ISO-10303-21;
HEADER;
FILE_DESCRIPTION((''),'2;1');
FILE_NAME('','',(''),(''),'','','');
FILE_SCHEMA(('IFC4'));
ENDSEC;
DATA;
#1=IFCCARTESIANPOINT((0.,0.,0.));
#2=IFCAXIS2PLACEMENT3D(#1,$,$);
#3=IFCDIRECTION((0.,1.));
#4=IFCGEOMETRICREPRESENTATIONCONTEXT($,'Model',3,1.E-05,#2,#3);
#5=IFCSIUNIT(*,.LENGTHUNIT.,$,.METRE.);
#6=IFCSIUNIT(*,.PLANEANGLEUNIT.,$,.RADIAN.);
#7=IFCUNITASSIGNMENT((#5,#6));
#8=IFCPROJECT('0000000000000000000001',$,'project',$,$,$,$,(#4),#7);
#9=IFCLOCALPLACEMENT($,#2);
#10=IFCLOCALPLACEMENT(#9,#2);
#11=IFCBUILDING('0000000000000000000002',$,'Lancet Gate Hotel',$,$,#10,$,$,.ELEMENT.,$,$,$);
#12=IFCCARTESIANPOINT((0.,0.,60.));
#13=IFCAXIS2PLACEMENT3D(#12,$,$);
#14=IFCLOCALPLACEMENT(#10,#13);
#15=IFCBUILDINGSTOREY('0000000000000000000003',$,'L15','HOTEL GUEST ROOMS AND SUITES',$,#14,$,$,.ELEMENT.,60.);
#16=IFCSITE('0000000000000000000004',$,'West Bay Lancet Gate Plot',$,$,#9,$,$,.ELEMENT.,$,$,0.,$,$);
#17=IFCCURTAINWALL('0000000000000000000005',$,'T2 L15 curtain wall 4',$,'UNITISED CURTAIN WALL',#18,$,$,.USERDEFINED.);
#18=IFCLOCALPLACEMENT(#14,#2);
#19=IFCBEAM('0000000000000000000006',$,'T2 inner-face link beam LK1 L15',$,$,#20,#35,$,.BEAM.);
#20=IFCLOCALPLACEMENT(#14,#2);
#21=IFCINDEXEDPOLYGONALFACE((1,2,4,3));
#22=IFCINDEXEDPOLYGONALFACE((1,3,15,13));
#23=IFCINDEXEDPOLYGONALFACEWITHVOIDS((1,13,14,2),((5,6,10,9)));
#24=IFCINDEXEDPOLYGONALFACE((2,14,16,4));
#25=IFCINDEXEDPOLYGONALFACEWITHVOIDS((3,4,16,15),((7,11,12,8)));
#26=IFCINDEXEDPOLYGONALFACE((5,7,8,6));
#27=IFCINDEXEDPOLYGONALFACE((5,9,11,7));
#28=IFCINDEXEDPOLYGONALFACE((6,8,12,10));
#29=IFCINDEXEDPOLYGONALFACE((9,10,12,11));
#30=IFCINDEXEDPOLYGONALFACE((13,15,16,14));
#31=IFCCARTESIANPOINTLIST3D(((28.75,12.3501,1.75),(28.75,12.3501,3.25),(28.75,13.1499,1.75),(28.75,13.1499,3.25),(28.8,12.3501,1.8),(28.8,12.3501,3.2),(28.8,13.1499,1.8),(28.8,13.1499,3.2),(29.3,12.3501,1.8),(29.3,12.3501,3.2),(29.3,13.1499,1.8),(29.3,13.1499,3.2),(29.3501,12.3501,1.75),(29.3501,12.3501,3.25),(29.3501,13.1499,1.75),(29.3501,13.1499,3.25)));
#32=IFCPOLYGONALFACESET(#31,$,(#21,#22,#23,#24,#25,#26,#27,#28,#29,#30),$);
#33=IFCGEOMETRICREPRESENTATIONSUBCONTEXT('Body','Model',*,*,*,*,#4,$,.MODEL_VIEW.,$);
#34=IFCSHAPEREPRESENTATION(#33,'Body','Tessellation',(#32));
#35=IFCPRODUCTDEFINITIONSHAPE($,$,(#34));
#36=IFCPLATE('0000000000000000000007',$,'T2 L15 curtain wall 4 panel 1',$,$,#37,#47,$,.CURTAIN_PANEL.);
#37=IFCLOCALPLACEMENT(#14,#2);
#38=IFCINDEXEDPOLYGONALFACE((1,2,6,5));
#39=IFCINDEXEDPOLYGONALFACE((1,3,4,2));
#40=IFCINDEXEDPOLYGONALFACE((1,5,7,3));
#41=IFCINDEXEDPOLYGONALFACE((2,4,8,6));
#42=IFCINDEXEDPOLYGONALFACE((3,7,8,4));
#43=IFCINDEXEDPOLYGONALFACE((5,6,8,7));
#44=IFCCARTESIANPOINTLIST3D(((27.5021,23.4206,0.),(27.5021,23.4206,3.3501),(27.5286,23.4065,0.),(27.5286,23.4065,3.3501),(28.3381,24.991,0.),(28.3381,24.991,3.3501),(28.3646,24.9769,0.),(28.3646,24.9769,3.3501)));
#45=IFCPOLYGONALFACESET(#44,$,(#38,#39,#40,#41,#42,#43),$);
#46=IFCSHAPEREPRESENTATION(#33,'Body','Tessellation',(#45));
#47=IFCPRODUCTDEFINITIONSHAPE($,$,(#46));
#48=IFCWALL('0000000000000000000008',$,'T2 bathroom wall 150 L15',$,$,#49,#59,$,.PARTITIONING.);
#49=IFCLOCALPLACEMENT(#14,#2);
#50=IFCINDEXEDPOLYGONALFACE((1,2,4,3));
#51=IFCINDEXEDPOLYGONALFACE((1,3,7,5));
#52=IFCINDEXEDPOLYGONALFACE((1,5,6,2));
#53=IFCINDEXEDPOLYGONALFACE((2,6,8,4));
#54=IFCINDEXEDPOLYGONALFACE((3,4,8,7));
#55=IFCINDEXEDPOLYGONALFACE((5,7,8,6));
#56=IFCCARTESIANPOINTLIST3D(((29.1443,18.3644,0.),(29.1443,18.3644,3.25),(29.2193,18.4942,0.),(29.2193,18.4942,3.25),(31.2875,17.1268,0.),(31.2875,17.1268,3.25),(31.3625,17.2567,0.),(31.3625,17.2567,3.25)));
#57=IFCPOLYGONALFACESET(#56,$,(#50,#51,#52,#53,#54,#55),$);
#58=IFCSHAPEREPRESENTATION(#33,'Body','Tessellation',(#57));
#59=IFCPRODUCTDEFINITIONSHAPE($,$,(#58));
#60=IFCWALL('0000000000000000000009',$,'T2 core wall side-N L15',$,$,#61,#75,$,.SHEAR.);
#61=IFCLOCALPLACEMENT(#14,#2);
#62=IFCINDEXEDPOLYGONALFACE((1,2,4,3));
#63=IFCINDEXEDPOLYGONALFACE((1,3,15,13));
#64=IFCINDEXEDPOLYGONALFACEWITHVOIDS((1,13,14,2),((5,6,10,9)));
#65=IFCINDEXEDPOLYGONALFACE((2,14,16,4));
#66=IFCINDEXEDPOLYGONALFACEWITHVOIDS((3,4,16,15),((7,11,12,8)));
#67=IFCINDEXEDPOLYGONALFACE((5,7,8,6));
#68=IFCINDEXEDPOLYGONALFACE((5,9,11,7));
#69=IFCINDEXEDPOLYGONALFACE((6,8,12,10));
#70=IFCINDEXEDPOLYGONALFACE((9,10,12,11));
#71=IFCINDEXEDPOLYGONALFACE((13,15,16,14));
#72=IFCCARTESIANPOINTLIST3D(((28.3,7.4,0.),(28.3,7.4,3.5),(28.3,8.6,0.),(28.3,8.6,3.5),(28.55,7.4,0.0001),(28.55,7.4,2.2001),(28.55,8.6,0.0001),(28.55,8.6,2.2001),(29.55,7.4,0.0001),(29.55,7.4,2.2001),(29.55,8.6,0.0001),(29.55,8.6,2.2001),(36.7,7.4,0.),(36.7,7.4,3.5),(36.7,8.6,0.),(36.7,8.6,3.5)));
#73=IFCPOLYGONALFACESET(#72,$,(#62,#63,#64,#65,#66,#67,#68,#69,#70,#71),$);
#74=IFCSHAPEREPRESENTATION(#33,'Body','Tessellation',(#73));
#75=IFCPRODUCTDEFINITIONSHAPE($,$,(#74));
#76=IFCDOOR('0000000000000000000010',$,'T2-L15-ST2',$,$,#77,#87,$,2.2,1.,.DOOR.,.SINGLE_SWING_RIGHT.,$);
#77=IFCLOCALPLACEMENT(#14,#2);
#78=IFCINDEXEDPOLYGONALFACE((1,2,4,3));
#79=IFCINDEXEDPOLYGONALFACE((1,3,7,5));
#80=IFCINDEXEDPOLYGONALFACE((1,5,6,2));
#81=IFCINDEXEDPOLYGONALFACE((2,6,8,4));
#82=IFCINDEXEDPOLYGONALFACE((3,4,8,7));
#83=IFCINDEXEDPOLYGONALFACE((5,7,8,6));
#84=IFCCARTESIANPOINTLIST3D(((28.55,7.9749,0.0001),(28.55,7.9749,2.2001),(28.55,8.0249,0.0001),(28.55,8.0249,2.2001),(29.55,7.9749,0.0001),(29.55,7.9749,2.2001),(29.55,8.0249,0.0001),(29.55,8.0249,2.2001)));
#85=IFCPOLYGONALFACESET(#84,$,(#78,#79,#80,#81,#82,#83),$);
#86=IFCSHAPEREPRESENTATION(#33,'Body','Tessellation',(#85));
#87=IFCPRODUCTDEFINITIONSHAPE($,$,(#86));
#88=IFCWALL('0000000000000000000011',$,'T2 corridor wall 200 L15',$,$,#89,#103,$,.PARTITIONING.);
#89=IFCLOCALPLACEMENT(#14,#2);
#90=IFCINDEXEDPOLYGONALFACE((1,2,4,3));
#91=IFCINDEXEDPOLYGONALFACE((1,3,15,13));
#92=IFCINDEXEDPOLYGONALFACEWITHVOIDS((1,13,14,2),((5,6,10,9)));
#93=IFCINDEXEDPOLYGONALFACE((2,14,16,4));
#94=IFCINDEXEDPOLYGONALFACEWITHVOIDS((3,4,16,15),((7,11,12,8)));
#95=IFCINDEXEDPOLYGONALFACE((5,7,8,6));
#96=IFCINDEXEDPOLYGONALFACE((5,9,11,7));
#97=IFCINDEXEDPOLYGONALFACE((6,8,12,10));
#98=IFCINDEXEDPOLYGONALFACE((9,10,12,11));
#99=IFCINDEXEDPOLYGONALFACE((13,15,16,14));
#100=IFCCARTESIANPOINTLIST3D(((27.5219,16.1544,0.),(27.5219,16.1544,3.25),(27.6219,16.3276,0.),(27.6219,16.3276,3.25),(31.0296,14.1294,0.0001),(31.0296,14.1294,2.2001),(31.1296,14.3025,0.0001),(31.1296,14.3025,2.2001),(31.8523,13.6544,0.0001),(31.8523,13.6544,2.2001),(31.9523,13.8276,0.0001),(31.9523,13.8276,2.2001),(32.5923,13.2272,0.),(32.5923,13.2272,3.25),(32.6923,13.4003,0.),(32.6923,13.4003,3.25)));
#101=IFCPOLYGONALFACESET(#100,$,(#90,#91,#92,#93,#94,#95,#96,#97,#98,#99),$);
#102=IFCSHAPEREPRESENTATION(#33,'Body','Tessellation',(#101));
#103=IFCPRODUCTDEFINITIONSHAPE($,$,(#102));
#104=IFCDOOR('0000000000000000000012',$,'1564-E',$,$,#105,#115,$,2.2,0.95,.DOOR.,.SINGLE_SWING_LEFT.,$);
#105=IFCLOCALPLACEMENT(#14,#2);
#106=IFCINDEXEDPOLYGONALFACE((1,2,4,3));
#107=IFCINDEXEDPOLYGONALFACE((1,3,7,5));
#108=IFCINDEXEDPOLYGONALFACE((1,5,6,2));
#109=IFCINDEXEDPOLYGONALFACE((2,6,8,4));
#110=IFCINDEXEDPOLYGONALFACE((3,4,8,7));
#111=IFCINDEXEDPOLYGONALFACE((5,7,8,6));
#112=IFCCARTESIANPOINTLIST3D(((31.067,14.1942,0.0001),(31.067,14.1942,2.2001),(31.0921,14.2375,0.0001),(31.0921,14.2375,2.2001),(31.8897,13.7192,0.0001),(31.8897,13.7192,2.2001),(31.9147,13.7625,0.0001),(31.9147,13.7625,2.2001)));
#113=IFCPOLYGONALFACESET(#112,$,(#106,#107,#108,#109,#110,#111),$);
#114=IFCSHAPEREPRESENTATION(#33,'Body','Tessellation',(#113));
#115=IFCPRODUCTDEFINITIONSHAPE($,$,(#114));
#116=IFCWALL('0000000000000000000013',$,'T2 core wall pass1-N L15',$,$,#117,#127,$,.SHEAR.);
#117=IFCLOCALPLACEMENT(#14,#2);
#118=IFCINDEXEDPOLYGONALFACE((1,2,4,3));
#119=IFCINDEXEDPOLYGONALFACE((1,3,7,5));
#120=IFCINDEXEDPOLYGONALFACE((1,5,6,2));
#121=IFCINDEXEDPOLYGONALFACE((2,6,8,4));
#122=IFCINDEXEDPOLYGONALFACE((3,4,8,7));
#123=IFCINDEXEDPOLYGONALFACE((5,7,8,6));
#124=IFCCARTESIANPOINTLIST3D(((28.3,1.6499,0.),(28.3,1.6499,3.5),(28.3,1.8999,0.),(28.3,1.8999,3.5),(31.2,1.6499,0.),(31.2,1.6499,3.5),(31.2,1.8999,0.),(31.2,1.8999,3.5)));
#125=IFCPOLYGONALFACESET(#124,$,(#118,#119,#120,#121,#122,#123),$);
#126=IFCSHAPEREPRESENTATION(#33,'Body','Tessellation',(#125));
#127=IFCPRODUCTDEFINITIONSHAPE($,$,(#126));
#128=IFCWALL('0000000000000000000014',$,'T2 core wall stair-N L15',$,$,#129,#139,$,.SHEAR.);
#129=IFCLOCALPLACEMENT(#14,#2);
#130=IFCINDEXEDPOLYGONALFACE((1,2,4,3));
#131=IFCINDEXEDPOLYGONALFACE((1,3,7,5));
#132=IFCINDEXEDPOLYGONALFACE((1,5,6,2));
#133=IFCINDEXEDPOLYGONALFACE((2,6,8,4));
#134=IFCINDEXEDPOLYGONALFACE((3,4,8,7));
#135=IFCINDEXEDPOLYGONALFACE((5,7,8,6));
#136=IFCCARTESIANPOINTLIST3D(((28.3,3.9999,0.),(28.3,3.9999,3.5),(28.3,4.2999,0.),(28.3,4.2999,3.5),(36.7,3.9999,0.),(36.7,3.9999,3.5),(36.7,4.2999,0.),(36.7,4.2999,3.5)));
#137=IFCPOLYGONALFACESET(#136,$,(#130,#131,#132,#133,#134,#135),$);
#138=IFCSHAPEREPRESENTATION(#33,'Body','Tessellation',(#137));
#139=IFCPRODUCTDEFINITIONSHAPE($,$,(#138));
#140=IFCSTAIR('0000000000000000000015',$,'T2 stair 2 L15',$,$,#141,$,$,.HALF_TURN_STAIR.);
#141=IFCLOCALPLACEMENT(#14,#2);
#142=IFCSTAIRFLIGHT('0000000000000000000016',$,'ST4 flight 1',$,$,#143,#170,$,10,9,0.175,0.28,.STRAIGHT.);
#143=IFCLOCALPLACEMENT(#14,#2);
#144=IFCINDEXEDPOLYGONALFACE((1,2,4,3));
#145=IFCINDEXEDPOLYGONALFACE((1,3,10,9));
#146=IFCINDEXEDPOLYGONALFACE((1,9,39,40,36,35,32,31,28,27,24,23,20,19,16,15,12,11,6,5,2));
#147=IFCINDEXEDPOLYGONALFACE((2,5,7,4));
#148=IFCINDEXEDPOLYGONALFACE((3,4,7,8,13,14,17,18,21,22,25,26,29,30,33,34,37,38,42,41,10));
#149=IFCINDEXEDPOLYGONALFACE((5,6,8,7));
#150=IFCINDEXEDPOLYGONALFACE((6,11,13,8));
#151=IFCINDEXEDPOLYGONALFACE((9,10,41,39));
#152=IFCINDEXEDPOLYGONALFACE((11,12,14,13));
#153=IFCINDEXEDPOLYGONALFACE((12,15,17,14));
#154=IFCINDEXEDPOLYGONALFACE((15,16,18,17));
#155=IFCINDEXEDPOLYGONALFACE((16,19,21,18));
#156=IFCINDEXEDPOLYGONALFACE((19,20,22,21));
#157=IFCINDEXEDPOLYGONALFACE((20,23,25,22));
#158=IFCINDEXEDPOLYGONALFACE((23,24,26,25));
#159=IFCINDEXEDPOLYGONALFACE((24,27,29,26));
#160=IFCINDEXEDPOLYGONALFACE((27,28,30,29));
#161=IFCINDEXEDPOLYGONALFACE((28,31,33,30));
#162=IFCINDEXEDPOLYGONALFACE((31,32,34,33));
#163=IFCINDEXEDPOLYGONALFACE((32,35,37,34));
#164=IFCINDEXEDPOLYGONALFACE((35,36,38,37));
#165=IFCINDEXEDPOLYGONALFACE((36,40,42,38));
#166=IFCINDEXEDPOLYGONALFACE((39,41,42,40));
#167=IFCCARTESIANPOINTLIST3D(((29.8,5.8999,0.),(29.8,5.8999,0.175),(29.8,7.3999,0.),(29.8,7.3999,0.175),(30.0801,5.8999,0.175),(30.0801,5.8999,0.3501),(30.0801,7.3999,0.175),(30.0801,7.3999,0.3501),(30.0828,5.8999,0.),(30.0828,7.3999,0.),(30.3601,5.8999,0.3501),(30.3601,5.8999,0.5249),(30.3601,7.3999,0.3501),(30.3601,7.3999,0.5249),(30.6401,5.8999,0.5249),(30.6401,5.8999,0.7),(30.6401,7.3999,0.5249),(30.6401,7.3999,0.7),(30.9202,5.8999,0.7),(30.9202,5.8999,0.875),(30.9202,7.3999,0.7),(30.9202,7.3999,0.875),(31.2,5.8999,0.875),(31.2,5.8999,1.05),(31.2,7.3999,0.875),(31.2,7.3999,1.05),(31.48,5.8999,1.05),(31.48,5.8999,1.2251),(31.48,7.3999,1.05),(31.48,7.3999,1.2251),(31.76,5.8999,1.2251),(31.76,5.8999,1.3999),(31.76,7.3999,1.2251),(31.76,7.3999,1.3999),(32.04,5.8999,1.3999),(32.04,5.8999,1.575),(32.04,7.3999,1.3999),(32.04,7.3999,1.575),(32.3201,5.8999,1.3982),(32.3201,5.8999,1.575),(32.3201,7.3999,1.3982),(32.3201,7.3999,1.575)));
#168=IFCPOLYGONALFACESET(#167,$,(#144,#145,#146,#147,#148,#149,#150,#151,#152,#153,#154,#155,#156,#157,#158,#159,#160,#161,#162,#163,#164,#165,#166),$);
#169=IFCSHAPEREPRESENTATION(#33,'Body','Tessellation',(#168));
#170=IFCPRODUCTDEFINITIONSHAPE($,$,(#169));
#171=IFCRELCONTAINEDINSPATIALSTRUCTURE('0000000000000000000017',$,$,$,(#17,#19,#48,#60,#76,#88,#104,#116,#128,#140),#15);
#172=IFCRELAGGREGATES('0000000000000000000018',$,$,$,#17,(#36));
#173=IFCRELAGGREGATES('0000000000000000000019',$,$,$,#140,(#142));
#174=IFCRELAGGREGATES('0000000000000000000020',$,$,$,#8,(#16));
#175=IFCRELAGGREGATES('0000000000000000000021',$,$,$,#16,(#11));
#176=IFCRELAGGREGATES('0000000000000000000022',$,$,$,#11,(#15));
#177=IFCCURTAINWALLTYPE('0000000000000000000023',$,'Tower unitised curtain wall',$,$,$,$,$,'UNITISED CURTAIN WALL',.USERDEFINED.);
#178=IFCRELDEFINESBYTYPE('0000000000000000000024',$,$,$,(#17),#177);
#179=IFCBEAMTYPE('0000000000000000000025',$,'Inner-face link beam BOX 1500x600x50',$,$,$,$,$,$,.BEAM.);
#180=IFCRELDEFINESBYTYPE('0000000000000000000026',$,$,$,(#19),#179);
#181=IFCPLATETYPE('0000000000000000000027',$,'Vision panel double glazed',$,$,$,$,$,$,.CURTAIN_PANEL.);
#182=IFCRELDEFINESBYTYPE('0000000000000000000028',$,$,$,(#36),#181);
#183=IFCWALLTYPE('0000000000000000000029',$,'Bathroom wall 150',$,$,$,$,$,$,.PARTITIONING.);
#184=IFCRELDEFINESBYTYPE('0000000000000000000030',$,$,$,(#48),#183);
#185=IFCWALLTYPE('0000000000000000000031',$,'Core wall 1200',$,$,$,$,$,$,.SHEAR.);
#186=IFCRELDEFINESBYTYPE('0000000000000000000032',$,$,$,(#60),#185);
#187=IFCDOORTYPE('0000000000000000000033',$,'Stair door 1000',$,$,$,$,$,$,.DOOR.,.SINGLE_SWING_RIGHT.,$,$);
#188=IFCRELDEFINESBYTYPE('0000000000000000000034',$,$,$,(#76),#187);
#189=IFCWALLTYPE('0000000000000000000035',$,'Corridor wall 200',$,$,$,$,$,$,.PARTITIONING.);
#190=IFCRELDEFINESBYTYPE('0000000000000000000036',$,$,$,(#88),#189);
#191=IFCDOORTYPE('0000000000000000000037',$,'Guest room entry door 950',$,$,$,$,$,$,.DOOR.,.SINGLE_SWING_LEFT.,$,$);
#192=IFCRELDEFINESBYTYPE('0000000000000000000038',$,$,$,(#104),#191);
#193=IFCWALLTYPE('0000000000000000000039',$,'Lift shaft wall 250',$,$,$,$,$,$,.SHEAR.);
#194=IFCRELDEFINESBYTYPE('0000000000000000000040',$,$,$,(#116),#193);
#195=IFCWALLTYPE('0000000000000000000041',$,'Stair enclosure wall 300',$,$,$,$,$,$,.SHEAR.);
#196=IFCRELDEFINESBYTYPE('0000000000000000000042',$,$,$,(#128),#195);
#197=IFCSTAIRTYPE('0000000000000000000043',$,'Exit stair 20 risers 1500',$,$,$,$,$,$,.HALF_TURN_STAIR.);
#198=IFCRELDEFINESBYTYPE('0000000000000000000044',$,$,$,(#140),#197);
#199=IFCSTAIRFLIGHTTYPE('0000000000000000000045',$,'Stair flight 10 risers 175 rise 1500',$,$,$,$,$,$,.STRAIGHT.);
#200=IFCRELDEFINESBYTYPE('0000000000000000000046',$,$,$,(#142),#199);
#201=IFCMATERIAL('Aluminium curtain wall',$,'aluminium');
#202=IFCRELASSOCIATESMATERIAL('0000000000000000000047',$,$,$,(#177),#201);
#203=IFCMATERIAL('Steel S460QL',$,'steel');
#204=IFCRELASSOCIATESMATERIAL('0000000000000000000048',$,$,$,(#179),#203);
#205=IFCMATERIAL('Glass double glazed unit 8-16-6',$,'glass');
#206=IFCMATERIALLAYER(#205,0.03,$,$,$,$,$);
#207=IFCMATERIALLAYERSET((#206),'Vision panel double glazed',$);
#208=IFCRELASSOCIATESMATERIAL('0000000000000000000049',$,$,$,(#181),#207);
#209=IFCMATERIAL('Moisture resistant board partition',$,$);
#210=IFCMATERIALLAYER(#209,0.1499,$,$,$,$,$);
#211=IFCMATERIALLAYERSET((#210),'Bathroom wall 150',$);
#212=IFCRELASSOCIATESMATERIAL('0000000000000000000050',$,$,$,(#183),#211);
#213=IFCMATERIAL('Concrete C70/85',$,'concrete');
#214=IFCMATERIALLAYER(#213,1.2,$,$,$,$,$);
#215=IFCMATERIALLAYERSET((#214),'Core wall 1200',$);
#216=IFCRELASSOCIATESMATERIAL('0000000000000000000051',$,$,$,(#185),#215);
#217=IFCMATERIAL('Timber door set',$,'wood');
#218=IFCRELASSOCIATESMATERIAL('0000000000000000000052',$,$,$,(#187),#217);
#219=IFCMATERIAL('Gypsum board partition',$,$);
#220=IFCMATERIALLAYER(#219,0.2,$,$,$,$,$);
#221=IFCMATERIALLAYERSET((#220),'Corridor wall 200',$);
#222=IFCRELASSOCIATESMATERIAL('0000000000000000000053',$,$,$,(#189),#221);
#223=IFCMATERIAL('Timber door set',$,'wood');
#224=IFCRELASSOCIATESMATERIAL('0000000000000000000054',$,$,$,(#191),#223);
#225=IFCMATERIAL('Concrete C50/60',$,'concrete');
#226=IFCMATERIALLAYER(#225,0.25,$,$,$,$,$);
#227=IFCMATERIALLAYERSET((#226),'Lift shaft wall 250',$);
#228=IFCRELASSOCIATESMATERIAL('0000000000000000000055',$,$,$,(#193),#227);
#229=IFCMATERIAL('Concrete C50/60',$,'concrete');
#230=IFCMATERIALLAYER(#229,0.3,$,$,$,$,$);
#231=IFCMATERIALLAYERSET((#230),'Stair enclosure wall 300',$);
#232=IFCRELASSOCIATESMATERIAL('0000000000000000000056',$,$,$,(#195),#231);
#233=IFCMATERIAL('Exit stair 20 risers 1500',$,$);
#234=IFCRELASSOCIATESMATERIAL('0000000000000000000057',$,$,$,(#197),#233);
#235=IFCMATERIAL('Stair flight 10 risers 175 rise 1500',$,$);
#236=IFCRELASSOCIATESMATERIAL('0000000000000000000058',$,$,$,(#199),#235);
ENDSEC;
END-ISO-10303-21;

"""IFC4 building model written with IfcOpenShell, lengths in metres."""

from ifc_helpers import new_model, si_unit, direction, frame, frame_2d, origin, origin_2d, place, context, subcontext, project, spatial, polyline, rectangle, hollow_rectangle, outline, extrude, material, layer, layer_set, material_profile, profile_set, type_object, element, fill, aggregate, save


model = new_model("IFC4")

# Units and contexts
model_context = context("Model", 3, precision=1e-05, world=origin(), true_north=direction((0.0, 1.0)))
body_context = subcontext(model_context, "Body", "Model", "MODEL_VIEW")
ifc_project = project(units=[si_unit("LENGTHUNIT", "METRE"), si_unit("PLANEANGLEUNIT", "RADIAN")], contexts=[model_context])

# Site, building, storey
site_placement = place(None, origin())
site = spatial("IfcSite", under=ifc_project, at=site_placement, Name="West Bay Lancet Gate Plot", CompositionType="ELEMENT", RefElevation=0.0)
building_placement = place(site_placement, origin())
building = spatial("IfcBuilding", under=site, at=building_placement, Name="Lancet Gate Hotel", CompositionType="ELEMENT")
storey_placement = place(building_placement, frame((0.0, 0.0, 60.0)))
storey = spatial("IfcBuildingStorey", under=building, at=storey_placement, Name="L15", Description="HOTEL GUEST ROOMS AND SUITES", CompositionType="ELEMENT", Elevation=60.0)

# Curtain wall
ifc_material_1 = material(Name="Aluminium curtain wall", Category="aluminium")
curtain_wall_type = type_object("IfcCurtainWallType", Name="Tower unitised curtain wall", ElementType="UNITISED CURTAIN WALL", PredefinedType="USERDEFINED", material=ifc_material_1)
curtain_wall_placement = place(storey_placement, origin())
curtain_wall = element("IfcCurtainWall", 1, at=curtain_wall_placement, inside=storey, type_object=curtain_wall_type, Name="T2 L15 curtain wall 4", ObjectType="UNITISED CURTAIN WALL", PredefinedType="USERDEFINED")

# Beam
ifc_material_2 = material(Name="Steel S460QL", Category="steel")
ifc_material_profile_1 = material_profile(ifc_material_2, hollow_rectangle(XDim=0.6001, YDim=1.5, WallThickness=0.05, at=origin_2d()), Name="BOX 1500x600x50")
ifc_profile_set_1 = profile_set([ifc_material_profile_1], Name="Steel S460QL")
beam_type_1 = type_object("IfcBeamType", Name="Inner-face link beam BOX 1500x600x50", PredefinedType="BEAM", material=ifc_profile_set_1)
beam_1_placement = place(storey_placement, frame((29.05, 12.3501, 2.5), z_axis=(0.0, 1.0, 0.0), x_axis=(-1.0, 0.0, 0.0)))
element("IfcBeam", 2, at=beam_1_placement, inside=storey, type_object=beam_type_1, Name="T2 inner-face link beam LK1 L15", PredefinedType="BEAM", context=body_context, shape_type="SweptSolid", body=[
    extrude(hollow_rectangle(XDim=0.6001, YDim=1.5, WallThickness=0.05, at=origin_2d()), origin(), (0.0, 0.0, 1.0), 0.7998),
])

# Plate
ifc_material_3 = material(Name="Glass double glazed unit 8-16-6", Category="glass")
ifc_layer_1 = layer(ifc_material_3, 0.03)
ifc_layer_set_1 = layer_set([ifc_layer_1], Name="Vision panel double glazed")
plate_type = type_object("IfcPlateType", Name="Vision panel double glazed", PredefinedType="CURTAIN_PANEL", material=ifc_layer_set_1)
plate_placement = place(storey_placement, frame((27.9333, 24.1987, 0.0), z_axis=(0.0, 0.0, 1.0), x_axis=(-0.469898, -0.882721, 0.0)))
plate = element("IfcPlate", 3, at=plate_placement, type_object=plate_type, Name="T2 L15 curtain wall 4 panel 1", PredefinedType="CURTAIN_PANEL", context=body_context, shape_type="SweptSolid", body=[
    extrude(rectangle(XDim=1.7791, YDim=0.03, at=origin_2d()), origin(), (0.0, 0.0, 1.0), 3.3501),
])
aggregate(curtain_wall, [plate])

# Wall
ifc_material_4 = material(Name="Moisture resistant board partition")
ifc_layer_2 = layer(ifc_material_4, 0.1499)
ifc_layer_set_2 = layer_set([ifc_layer_2], Name="Bathroom wall 150")
wall_type_1 = type_object("IfcWallType", Name="Bathroom wall 150", PredefinedType="PARTITIONING", material=ifc_layer_set_2)
wall_1_placement = place(storey_placement, frame((29.1819, 18.4292, 0.0), z_axis=(0.0, 0.0, 1.0), x_axis=(0.866007, -0.500033, 0.0)))
element("IfcWall", 4, at=wall_1_placement, inside=storey, type_object=wall_type_1, Name="T2 bathroom wall 150 L15", PredefinedType="PARTITIONING", context=body_context, shape_type="SweptSolid", body=[
    extrude(rectangle(XDim=2.4749, YDim=0.1499, at=frame_2d((1.2373, 0.0))), origin(), (0.0, 0.0, 1.0), 3.25),
])

# Walls, openings, doors
ifc_material_5 = material(Name="Concrete C70/85", Category="concrete")
ifc_layer_3 = layer(ifc_material_5, 1.2)
ifc_layer_set_3 = layer_set([ifc_layer_3], Name="Core wall 1200")
wall_type_2 = type_object("IfcWallType", Name="Core wall 1200", PredefinedType="SHEAR", material=ifc_layer_set_3)
wall_2_placement = place(storey_placement, frame((28.3, 8.0, 0.0), z_axis=(0.0, 0.0, 1.0), x_axis=(1.0, 0.0, 0.0)))
wall_2 = element("IfcWall", 5, at=wall_2_placement, inside=storey, type_object=wall_type_2, Name="T2 core wall side-N L15", PredefinedType="SHEAR", context=body_context, shape_type="SweptSolid", body=[
    extrude(rectangle(XDim=8.3999, YDim=1.2, at=frame_2d((4.2, 0.0))), origin(), (0.0, 0.0, 1.0), 3.5),
])
opening_1_placement = place(wall_2_placement, frame((0.25, 0.0, 0.0)))
opening_1 = element("IfcOpeningElement", 6, at=opening_1_placement, cuts=wall_2, PredefinedType="OPENING", context=body_context, shape_type="SweptSolid", body=[
    extrude(rectangle(XDim=1.0, YDim=2.2, at=frame_2d((0.5, 1.1001))), frame((0.0, 0.6099, 0.0), z_axis=(0.0, -1.0, 0.0), x_axis=(1.0, 0.0, 0.0)), (0.0, 0.0, 1.0), 1.22),
])
ifc_material_6 = material(Name="Timber door set", Category="wood")
door_type_1 = type_object("IfcDoorType", Name="Stair door 1000", OperationType="SINGLE_SWING_RIGHT", PredefinedType="DOOR", material=ifc_material_6)
door_1_placement = place(opening_1_placement, origin())
door_1 = element("IfcDoor", 7, at=door_1_placement, inside=storey, type_object=door_type_1, Name="T2-L15-ST2", OperationType="SINGLE_SWING_RIGHT", OverallHeight=2.2, OverallWidth=1.0, PredefinedType="DOOR", context=body_context, shape_type="SweptSolid", body=[
    extrude(rectangle(XDim=1.0, YDim=2.2, at=frame_2d((0.5, 1.1001))), frame((0.0, 0.0249, 0.0), z_axis=(0.0, -1.0, 0.0), x_axis=(1.0, 0.0, 0.0)), (0.0, 0.0, 1.0), 0.05),
])
fill(opening_1, door_1)
ifc_material_7 = material(Name="Gypsum board partition")
ifc_layer_4 = layer(ifc_material_7, 0.2)
ifc_layer_set_4 = layer_set([ifc_layer_4], Name="Corridor wall 200")
wall_type_3 = type_object("IfcWallType", Name="Corridor wall 200", PredefinedType="PARTITIONING", material=ifc_layer_set_4)
wall_3_placement = place(storey_placement, frame((27.572, 16.241, 0.0), z_axis=(0.0, 0.0, 1.0), x_axis=(0.866033, -0.499987, 0.0)))
wall_3 = element("IfcWall", 8, at=wall_3_placement, inside=storey, type_object=wall_type_3, Name="T2 corridor wall 200 L15", PredefinedType="PARTITIONING", context=body_context, shape_type="SweptSolid", body=[
    extrude(rectangle(XDim=5.8547, YDim=0.2, at=frame_2d((2.9272, 0.0))), origin(), (0.0, 0.0, 1.0), 3.25),
])
opening_2_placement = place(wall_3_placement, frame((4.05, 0.0, 0.0)))
opening_2 = element("IfcOpeningElement", 9, at=opening_2_placement, cuts=wall_3, PredefinedType="OPENING", context=body_context, shape_type="SweptSolid", body=[
    extrude(rectangle(XDim=0.95, YDim=2.2, at=frame_2d((0.4751, 1.1001))), frame((0.0, 0.1099, 0.0), z_axis=(0.0, -1.0, 0.0), x_axis=(1.0, 0.0, 0.0)), (0.0, 0.0, 1.0), 0.22),
])
ifc_material_8 = material(Name="Timber door set", Category="wood")
door_type_2 = type_object("IfcDoorType", Name="Guest room entry door 950", OperationType="SINGLE_SWING_LEFT", PredefinedType="DOOR", material=ifc_material_8)
door_2_placement = place(opening_2_placement, origin())
door_2 = element("IfcDoor", 10, at=door_2_placement, inside=storey, type_object=door_type_2, Name="1564-E", OperationType="SINGLE_SWING_LEFT", OverallHeight=2.2, OverallWidth=0.95, PredefinedType="DOOR", context=body_context, shape_type="SweptSolid", body=[
    extrude(rectangle(XDim=0.95, YDim=2.2, at=frame_2d((0.4751, 1.1001))), frame((0.0, 0.0249, 0.0), z_axis=(0.0, -1.0, 0.0), x_axis=(1.0, 0.0, 0.0)), (0.0, 0.0, 1.0), 0.05),
])
fill(opening_2, door_2)

# Walls
ifc_material_9 = material(Name="Concrete C50/60", Category="concrete")
ifc_layer_5 = layer(ifc_material_9, 0.25)
ifc_layer_set_5 = layer_set([ifc_layer_5], Name="Lift shaft wall 250")
wall_type_4 = type_object("IfcWallType", Name="Lift shaft wall 250", PredefinedType="SHEAR", material=ifc_layer_set_5)
wall_4_placement = place(storey_placement, frame((28.3, 1.7749, 0.0), z_axis=(0.0, 0.0, 1.0), x_axis=(1.0, 0.0, 0.0)))
element("IfcWall", 11, at=wall_4_placement, inside=storey, type_object=wall_type_4, Name="T2 core wall pass1-N L15", PredefinedType="SHEAR", context=body_context, shape_type="SweptSolid", body=[
    extrude(rectangle(XDim=2.8999, YDim=0.25, at=frame_2d((1.45, 0.0))), origin(), (0.0, 0.0, 1.0), 3.5),
])
ifc_material_10 = material(Name="Concrete C50/60", Category="concrete")
ifc_layer_6 = layer(ifc_material_10, 0.3)
ifc_layer_set_6 = layer_set([ifc_layer_6], Name="Stair enclosure wall 300")
wall_type_5 = type_object("IfcWallType", Name="Stair enclosure wall 300", PredefinedType="SHEAR", material=ifc_layer_set_6)
wall_5_placement = place(storey_placement, frame((28.3, 4.1499, 0.0), z_axis=(0.0, 0.0, 1.0), x_axis=(1.0, 0.0, 0.0)))
element("IfcWall", 12, at=wall_5_placement, inside=storey, type_object=wall_type_5, Name="T2 core wall stair-N L15", PredefinedType="SHEAR", context=body_context, shape_type="SweptSolid", body=[
    extrude(rectangle(XDim=8.3999, YDim=0.3, at=frame_2d((4.2, 0.0))), origin(), (0.0, 0.0, 1.0), 3.5),
])

# Stair, stair flight
ifc_material_11 = material(Name="Exit stair 20 risers 1500")
stair_type = type_object("IfcStairType", Name="Exit stair 20 risers 1500", PredefinedType="HALF_TURN_STAIR", material=ifc_material_11)
stair_placement = place(storey_placement, origin())
stair = element("IfcStair", 13, at=stair_placement, inside=storey, type_object=stair_type, Name="T2 stair 2 L15", PredefinedType="HALF_TURN_STAIR")
ifc_material_12 = material(Name="Stair flight 10 risers 175 rise 1500")
stair_flight_type = type_object("IfcStairFlightType", Name="Stair flight 10 risers 175 rise 1500", PredefinedType="STRAIGHT", material=ifc_material_12)
stair_flight_placement = place(storey_placement, frame((29.8, 6.6499, 0.0), z_axis=(0.0, 0.0, 1.0), x_axis=(1.0, 0.0, 0.0)))
stair_flight = element("IfcStairFlight", 14, at=stair_flight_placement, type_object=stair_flight_type, Name="ST4 flight 1", NumberOfRisers=10, NumberOfTreads=9, PredefinedType="STRAIGHT", RiserHeight=0.175, TreadLength=0.28, context=body_context, shape_type="SweptSolid", body=[
    extrude(outline(polyline([(0.0, 0.0), (0.0, 0.175), (0.28, 0.175), (0.28, 0.3501), (0.5601, 0.3501), (0.5601, 0.5249), (0.8401, 0.5249), (0.8401, 0.7), (1.1201, 0.7), (1.1201, 0.875), (1.3999, 0.875), (1.3999, 1.05), (1.6799, 1.05), (1.6799, 1.2251), (1.96, 1.2251), (1.96, 1.3999), (2.24, 1.3999), (2.24, 1.575), (2.52, 1.575), (2.52, 1.75), (2.52, 1.3982), (0.2827, 0.0), (0.0, 0.0)])), frame((0.0, 0.75, 0.0), z_axis=(0.0, -1.0, 0.0), x_axis=(1.0, 0.0, 0.0)), (0.0, 0.0, 1.0), 1.5),
])
aggregate(stair, [stair_flight])

save(model, "model.ifc")
